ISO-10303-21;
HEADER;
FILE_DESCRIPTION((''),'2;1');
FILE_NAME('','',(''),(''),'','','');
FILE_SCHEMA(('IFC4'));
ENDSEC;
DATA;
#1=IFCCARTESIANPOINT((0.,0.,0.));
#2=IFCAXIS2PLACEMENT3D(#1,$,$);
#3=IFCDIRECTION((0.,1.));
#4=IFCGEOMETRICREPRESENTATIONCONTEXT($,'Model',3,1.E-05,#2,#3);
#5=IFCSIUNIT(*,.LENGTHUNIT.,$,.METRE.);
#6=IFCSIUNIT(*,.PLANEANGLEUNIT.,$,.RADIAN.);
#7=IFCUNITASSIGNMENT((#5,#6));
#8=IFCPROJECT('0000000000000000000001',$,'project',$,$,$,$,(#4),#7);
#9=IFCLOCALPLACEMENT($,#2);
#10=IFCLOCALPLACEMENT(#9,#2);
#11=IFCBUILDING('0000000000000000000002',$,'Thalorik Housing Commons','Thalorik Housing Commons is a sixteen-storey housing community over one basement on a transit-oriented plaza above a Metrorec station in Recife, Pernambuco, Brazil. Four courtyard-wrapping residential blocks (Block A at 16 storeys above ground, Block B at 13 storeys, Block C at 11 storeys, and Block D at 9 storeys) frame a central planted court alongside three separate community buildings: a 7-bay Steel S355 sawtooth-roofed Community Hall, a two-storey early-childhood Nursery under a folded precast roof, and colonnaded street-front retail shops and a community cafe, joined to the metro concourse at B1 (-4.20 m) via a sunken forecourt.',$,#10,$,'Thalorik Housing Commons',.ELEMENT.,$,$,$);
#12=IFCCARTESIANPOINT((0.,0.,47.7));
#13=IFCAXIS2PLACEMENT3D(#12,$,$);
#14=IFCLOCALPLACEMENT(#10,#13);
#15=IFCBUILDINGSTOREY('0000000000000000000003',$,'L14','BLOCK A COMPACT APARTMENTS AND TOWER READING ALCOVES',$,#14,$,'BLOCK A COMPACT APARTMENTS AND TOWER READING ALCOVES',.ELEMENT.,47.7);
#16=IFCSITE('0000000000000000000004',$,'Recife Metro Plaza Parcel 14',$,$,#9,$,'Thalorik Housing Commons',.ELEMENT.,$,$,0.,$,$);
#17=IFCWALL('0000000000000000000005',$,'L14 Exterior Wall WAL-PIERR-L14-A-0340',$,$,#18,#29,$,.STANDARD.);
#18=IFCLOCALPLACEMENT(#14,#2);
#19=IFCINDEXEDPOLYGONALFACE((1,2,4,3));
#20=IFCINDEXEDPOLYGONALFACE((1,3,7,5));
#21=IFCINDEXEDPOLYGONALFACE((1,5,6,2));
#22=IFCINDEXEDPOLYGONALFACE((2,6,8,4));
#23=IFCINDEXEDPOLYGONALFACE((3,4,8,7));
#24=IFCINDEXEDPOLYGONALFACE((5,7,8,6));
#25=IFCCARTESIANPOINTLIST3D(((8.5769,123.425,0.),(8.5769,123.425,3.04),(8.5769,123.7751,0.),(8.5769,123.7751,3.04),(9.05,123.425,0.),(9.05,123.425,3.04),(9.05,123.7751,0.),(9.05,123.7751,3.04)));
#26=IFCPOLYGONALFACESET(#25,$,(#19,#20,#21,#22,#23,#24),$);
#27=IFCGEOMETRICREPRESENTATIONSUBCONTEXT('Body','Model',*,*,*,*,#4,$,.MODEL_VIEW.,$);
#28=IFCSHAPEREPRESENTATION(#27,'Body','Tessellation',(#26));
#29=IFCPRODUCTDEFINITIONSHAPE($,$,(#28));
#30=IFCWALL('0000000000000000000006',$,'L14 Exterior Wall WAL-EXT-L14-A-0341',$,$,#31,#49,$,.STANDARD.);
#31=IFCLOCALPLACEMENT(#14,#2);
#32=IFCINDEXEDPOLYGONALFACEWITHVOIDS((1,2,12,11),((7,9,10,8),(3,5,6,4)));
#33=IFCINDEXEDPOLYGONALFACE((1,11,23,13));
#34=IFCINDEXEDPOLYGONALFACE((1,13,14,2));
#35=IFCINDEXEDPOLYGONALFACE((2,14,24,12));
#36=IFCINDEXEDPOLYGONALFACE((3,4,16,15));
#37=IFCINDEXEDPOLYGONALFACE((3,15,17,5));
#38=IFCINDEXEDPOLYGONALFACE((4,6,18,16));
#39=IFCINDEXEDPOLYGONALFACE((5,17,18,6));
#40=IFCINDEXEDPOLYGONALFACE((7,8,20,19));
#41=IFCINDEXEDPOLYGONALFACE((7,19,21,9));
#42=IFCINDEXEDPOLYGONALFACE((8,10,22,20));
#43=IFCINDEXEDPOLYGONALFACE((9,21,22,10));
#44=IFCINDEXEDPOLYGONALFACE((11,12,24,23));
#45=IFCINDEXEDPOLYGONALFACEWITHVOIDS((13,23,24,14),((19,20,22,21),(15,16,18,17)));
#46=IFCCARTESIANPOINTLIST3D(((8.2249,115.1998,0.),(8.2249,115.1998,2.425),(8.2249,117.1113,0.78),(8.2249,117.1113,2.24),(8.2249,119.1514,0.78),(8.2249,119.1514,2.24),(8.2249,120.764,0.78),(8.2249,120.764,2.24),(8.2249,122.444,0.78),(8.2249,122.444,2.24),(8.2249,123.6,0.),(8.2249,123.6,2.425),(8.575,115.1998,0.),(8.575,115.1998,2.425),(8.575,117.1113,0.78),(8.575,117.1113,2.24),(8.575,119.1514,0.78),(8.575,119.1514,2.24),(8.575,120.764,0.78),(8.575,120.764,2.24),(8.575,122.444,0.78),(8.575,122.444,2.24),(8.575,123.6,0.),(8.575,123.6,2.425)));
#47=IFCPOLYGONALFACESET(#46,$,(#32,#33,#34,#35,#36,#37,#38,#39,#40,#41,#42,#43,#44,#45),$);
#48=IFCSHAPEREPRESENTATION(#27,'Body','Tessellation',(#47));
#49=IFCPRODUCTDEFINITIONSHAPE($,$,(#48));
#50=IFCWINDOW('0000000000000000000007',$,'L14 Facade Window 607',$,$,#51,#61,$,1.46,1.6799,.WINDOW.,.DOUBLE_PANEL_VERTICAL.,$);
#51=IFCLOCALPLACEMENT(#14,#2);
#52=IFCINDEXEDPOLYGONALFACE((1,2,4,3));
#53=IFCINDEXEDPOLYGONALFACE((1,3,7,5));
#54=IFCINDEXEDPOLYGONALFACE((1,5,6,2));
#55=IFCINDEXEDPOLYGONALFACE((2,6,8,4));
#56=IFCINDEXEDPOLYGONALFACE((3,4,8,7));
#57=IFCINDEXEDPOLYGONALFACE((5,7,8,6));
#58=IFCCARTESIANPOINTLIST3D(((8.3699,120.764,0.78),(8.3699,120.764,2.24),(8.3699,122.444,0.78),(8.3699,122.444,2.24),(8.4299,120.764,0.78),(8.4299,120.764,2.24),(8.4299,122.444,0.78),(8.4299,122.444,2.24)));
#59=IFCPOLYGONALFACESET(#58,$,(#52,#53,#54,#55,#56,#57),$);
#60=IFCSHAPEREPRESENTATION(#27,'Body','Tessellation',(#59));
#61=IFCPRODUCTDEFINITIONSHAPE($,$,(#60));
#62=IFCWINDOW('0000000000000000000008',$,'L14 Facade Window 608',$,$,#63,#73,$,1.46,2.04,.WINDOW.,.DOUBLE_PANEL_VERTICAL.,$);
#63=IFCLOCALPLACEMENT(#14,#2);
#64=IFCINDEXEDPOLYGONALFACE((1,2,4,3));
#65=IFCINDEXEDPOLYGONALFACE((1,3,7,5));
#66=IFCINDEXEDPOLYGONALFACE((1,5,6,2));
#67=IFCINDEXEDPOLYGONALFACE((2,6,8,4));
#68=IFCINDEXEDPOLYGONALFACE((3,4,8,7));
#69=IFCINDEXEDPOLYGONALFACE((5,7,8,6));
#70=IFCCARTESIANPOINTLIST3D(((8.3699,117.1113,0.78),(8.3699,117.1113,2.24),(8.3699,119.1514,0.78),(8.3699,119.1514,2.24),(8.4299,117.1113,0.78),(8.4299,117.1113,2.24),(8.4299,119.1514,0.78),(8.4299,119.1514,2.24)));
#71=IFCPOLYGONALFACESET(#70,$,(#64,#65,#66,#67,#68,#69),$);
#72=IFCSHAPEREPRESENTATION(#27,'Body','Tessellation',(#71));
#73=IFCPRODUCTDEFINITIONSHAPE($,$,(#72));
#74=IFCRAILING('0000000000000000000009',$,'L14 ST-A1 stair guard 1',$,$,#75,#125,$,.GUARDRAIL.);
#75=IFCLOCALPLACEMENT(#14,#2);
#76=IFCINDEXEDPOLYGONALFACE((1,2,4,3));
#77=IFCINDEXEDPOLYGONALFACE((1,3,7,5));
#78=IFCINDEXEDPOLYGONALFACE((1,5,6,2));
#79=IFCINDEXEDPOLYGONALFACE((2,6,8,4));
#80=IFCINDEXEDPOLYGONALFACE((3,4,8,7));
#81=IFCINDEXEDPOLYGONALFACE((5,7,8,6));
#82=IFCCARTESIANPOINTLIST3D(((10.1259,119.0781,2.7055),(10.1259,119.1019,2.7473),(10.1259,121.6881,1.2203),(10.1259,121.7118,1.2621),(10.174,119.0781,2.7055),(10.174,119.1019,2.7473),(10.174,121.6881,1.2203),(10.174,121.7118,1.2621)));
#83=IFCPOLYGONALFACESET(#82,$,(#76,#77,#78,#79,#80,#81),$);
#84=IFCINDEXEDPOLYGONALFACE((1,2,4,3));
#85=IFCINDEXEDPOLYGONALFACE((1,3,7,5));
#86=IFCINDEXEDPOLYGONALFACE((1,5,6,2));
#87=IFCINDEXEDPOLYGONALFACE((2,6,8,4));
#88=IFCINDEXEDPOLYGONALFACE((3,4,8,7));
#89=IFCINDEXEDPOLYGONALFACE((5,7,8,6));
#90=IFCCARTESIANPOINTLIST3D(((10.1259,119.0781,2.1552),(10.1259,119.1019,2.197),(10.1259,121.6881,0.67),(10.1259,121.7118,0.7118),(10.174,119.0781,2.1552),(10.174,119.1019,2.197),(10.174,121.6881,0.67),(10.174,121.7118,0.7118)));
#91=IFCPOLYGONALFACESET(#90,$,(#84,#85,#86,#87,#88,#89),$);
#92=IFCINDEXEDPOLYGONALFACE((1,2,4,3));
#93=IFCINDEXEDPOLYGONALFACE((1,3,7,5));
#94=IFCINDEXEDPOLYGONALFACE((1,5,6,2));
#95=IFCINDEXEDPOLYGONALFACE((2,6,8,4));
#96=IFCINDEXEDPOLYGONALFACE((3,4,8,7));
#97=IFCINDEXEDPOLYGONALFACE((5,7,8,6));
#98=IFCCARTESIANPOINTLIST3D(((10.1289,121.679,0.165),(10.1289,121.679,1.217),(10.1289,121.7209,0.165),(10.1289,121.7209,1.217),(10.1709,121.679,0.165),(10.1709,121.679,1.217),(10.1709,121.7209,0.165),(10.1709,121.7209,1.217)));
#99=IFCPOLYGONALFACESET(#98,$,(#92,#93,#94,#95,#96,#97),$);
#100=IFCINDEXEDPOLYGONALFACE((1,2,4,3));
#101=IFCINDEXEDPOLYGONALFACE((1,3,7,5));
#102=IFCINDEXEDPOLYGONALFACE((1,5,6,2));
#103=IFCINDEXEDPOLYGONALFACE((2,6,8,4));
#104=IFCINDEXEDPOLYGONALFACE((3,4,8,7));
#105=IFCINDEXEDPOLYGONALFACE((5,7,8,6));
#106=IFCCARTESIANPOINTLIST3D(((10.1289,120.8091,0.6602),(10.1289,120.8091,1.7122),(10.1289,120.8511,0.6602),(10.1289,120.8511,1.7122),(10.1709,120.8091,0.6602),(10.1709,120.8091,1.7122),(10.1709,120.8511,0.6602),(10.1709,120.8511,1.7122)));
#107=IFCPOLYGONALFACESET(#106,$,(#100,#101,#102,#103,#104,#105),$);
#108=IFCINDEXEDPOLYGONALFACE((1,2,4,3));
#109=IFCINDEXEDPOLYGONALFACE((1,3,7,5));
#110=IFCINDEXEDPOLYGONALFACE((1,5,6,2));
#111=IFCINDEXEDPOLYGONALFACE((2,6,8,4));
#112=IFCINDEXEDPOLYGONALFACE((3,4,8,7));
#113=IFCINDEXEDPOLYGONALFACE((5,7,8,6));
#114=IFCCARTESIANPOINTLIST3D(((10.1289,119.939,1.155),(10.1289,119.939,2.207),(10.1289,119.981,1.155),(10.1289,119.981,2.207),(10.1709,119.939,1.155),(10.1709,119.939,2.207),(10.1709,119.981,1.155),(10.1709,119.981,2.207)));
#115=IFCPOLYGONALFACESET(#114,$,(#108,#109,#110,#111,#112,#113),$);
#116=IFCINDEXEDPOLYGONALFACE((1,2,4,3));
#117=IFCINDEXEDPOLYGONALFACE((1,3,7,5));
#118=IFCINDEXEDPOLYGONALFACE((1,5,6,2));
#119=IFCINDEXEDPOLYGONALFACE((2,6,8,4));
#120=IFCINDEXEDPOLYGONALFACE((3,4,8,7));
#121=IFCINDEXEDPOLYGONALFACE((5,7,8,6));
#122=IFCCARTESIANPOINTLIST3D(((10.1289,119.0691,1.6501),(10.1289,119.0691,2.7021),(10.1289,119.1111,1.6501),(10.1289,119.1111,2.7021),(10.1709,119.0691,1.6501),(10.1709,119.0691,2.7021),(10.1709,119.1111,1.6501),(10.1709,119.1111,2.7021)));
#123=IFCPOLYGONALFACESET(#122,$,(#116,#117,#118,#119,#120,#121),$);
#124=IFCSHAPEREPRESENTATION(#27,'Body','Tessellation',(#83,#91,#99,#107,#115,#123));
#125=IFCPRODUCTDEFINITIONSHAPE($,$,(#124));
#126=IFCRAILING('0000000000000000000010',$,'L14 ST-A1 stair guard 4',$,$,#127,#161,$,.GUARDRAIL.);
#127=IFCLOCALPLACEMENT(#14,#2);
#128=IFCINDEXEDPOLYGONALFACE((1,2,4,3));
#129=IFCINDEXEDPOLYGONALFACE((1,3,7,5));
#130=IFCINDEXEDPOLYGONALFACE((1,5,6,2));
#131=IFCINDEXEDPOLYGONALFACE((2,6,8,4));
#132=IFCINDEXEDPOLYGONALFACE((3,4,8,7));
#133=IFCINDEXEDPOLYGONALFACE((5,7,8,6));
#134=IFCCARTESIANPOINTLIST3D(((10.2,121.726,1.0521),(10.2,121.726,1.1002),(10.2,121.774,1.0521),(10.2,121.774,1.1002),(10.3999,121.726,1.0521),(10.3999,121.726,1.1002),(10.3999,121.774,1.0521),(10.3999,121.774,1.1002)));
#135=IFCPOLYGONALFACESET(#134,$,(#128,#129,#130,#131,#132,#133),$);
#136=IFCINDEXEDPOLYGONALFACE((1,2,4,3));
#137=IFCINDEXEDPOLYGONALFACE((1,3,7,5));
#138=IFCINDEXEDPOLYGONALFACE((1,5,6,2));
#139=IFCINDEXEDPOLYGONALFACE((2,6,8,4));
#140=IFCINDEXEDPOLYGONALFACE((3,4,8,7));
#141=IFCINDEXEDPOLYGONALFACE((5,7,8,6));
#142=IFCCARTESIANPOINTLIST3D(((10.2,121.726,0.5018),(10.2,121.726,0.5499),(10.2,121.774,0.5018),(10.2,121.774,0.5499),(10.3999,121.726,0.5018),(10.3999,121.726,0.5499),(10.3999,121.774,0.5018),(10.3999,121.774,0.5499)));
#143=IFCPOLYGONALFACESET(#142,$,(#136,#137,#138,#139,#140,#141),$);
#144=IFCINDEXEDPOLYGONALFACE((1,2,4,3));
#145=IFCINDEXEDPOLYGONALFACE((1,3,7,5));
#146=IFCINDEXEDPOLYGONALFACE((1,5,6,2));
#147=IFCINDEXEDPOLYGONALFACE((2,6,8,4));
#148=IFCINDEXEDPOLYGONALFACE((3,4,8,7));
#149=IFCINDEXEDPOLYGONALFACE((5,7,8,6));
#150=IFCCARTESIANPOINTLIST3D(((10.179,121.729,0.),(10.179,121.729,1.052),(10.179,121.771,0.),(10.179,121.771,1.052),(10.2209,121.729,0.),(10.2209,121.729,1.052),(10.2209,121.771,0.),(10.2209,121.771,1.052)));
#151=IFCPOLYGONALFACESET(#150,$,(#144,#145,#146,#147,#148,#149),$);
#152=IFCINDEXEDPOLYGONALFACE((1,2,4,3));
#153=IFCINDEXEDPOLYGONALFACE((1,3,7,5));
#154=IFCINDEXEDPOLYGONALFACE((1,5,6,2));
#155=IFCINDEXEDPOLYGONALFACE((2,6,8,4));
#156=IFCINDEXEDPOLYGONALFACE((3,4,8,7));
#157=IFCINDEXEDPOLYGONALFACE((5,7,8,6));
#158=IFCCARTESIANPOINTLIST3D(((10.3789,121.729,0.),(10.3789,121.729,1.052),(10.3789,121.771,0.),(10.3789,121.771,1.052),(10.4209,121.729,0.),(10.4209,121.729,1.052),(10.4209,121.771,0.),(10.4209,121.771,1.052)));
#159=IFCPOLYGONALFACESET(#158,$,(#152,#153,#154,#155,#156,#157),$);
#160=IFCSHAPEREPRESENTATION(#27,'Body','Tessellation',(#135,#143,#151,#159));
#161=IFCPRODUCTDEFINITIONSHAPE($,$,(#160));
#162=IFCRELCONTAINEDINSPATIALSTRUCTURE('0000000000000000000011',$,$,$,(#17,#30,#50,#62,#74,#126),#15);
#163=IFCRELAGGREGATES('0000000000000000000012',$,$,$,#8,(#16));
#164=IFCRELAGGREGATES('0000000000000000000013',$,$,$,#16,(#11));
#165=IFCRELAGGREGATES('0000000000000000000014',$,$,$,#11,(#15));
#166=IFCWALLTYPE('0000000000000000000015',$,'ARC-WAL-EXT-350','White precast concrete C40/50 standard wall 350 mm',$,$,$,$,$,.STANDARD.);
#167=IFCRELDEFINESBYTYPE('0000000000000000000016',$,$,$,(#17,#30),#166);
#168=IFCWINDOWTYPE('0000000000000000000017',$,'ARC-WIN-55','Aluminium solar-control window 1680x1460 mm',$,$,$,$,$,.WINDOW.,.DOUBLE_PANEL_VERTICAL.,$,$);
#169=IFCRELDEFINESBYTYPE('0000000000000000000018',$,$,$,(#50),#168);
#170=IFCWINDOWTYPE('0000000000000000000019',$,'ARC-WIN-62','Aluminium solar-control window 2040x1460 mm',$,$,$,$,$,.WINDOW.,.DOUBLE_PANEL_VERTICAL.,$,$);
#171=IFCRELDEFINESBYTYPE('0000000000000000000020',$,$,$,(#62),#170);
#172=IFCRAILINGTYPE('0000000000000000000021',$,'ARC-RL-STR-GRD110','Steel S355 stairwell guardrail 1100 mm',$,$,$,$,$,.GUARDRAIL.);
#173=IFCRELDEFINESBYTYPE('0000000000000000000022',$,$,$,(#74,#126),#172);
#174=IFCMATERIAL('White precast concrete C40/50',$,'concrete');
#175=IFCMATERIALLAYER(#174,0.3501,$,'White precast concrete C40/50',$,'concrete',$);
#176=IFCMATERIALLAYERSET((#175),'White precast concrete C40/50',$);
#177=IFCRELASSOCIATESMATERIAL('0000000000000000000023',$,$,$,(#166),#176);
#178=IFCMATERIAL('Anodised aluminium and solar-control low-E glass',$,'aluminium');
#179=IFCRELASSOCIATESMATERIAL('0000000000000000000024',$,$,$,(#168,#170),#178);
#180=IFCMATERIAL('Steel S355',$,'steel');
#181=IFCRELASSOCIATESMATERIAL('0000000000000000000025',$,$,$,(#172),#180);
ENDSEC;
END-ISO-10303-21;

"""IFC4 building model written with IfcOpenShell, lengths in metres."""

from ifc_helpers import new_model, si_unit, direction, frame, frame_2d, origin, origin_2d, place, context, subcontext, project, spatial, rectangle, extrude, material, layer, layer_set, type_object, element, fill, save


model = new_model("IFC4")

# Units and contexts
model_context = context("Model", 3, precision=1e-05, world=origin(), true_north=direction((0.0, 1.0)))
body_context = subcontext(model_context, "Body", "Model", "MODEL_VIEW")
ifc_project = project(units=[si_unit("LENGTHUNIT", "METRE"), si_unit("PLANEANGLEUNIT", "RADIAN")], contexts=[model_context])

# Site, building, storey
site_placement = place(None, origin())
site = spatial("IfcSite", under=ifc_project, at=site_placement, Name="Recife Metro Plaza Parcel 14", LongName="Thalorik Housing Commons", CompositionType="ELEMENT", RefElevation=0.0)
building_placement = place(site_placement, origin())
building = spatial("IfcBuilding", under=site, at=building_placement, Name="Thalorik Housing Commons", Description="Thalorik Housing Commons is a sixteen-storey housing community over one basement on a transit-oriented plaza above a Metrorec station in Recife, Pernambuco, Brazil. Four courtyard-wrapping residential blocks (Block A at 16 storeys above ground, Block B at 13 storeys, Block C at 11 storeys, and Block D at 9 storeys) frame a central planted court alongside three separate community buildings: a 7-bay Steel S355 sawtooth-roofed Community Hall, a two-storey early-childhood Nursery under a folded precast roof, and colonnaded street-front retail shops and a community cafe, joined to the metro concourse at B1 (-4.20 m) via a sunken forecourt.", LongName="Thalorik Housing Commons", CompositionType="ELEMENT")
storey_placement = place(building_placement, frame((0.0, 0.0, 47.7)))
storey = spatial("IfcBuildingStorey", under=building, at=storey_placement, Name="L14", Description="BLOCK A COMPACT APARTMENTS AND TOWER READING ALCOVES", LongName="BLOCK A COMPACT APARTMENTS AND TOWER READING ALCOVES", CompositionType="ELEMENT", Elevation=47.7)

# Shared definitions
ifc_material_1 = material(Name="Anodised aluminium and solar-control low-E glass", Category="aluminium")

# Shared definitions
ifc_material_2 = material(Name="Steel S355", Category="steel")

# Wall
ifc_material_3 = material(Name="White precast concrete C40/50", Category="concrete")
ifc_layer_1 = layer(ifc_material_3, 0.3501, Name="White precast concrete C40/50", Category="concrete")
ifc_layer_set_1 = layer_set([ifc_layer_1], Name="White precast concrete C40/50")
wall_type_1 = type_object("IfcWallType", Name="ARC-WAL-EXT-350", Description="White precast concrete C40/50 standard wall 350 mm", PredefinedType="STANDARD", material=ifc_layer_set_1)
wall_1_placement = place(storey_placement, frame((9.05, 123.6001, 0.0), z_axis=(0.0, 0.0, 1.0), x_axis=(-1.0, 0.0, 0.0)))
element("IfcWall", 1, at=wall_1_placement, inside=storey, type_object=wall_type_1, Name="L14 Exterior Wall WAL-PIERR-L14-A-0340", PredefinedType="STANDARD", context=body_context, shape_type="SweptSolid", body=[
    extrude(rectangle(XDim=0.4731, YDim=0.3501, at=frame_2d((0.2366, 0.0))), origin(), (0.0, 0.0, 1.0), 3.04),
])

# Wall, openings, windows
wall_2_placement = place(storey_placement, frame((8.3999, 123.6001, 0.0), z_axis=(0.0, 0.0, 1.0), x_axis=(0.0, -1.0, 0.0)))
wall_2 = element("IfcWall", 2, at=wall_2_placement, inside=storey, type_object=wall_type_1, Name="L14 Exterior Wall WAL-EXT-L14-A-0341", PredefinedType="STANDARD", context=body_context, shape_type="SweptSolid", body=[
    extrude(rectangle(XDim=8.4001, YDim=0.3501, at=frame_2d((4.2002, 0.0))), origin(), (0.0, 0.0, 1.0), 2.425),
])
opening_1_placement = place(wall_2_placement, frame((1.1562, 0.0, 0.78)))
opening_1 = element("IfcOpeningElement", 3, at=opening_1_placement, cuts=wall_2, PredefinedType="OPENING", context=body_context, shape_type="SweptSolid", body=[
    extrude(rectangle(XDim=1.6799, YDim=1.46, at=frame_2d((0.8398, 0.73))), frame((0.0, 0.1851, 0.0), z_axis=(0.0, -1.0, 0.0), x_axis=(1.0, 0.0, 0.0)), (0.0, 0.0, 1.0), 0.3701),
])
opening_2_placement = place(wall_2_placement, frame((4.4487, 0.0, 0.78)))
opening_2 = element("IfcOpeningElement", 4, at=opening_2_placement, cuts=wall_2, PredefinedType="OPENING", context=body_context, shape_type="SweptSolid", body=[
    extrude(rectangle(XDim=2.04, YDim=1.46, at=frame_2d((1.02, 0.73))), frame((0.0, 0.1851, 0.0), z_axis=(0.0, -1.0, 0.0), x_axis=(1.0, 0.0, 0.0)), (0.0, 0.0, 1.0), 0.3701),
])
window_type_1 = type_object("IfcWindowType", Name="ARC-WIN-55", Description="Aluminium solar-control window 1680x1460 mm", PartitioningType="DOUBLE_PANEL_VERTICAL", PredefinedType="WINDOW", material=ifc_material_1)
window_1_placement = place(opening_1_placement, origin())
window_1 = element("IfcWindow", 5, at=window_1_placement, inside=storey, type_object=window_type_1, Name="L14 Facade Window 607", OverallHeight=1.46, OverallWidth=1.6799, PartitioningType="DOUBLE_PANEL_VERTICAL", PredefinedType="WINDOW", context=body_context, shape_type="SweptSolid", body=[
    extrude(rectangle(XDim=1.6799, YDim=1.46, at=frame_2d((0.8398, 0.73))), frame((0.0, 0.03, 0.0), z_axis=(0.0, -1.0, 0.0), x_axis=(1.0, 0.0, 0.0)), (0.0, 0.0, 1.0), 0.0601),
])
fill(opening_1, window_1)
window_type_2 = type_object("IfcWindowType", Name="ARC-WIN-62", Description="Aluminium solar-control window 2040x1460 mm", PartitioningType="DOUBLE_PANEL_VERTICAL", PredefinedType="WINDOW", material=ifc_material_1)
window_2_placement = place(opening_2_placement, origin())
window_2 = element("IfcWindow", 6, at=window_2_placement, inside=storey, type_object=window_type_2, Name="L14 Facade Window 608", OverallHeight=1.46, OverallWidth=2.04, PartitioningType="DOUBLE_PANEL_VERTICAL", PredefinedType="WINDOW", context=body_context, shape_type="SweptSolid", body=[
    extrude(rectangle(XDim=2.04, YDim=1.46, at=frame_2d((1.02, 0.73))), frame((0.0, 0.03, 0.0), z_axis=(0.0, -1.0, 0.0), x_axis=(1.0, 0.0, 0.0)), (0.0, 0.0, 1.0), 0.0601),
])
fill(opening_2, window_2)

# Railings
railing_type = type_object("IfcRailingType", Name="ARC-RL-STR-GRD110", Description="Steel S355 stairwell guardrail 1100 mm", PredefinedType="GUARDRAIL", material=ifc_material_2)
railing_1_placement = place(storey_placement, frame((10.1499, 121.7, 0.165)))
element("IfcRailing", 7, at=railing_1_placement, inside=storey, type_object=railing_type, Name="L14 ST-A1 stair guard 1", PredefinedType="GUARDRAIL", context=body_context, shape_type="SweptSolid", body=[
    extrude(rectangle(XDim=0.0481, YDim=0.0481, at=origin_2d()), frame((0.0, 0.0, 1.0762), z_axis=(0.0, -0.869137, 0.494571), x_axis=(1.0, 0.0, 0.0)), (0.0, 0.0, 1.0), 3.0029),
    extrude(rectangle(XDim=0.0481, YDim=0.0481, at=origin_2d()), frame((0.0, 0.0, 0.5259), z_axis=(0.0, -0.869137, 0.494571), x_axis=(1.0, 0.0, 0.0)), (0.0, 0.0, 1.0), 3.0029),
    extrude(rectangle(XDim=0.042, YDim=0.042, at=origin_2d()), origin(), (0.0, 0.0, 1.0), 1.052),
    extrude(rectangle(XDim=0.042, YDim=0.042, at=origin_2d()), frame((0.0, -0.8699, 0.4951)), (0.0, 0.0, 1.0), 1.052),
    extrude(rectangle(XDim=0.042, YDim=0.042, at=origin_2d()), frame((0.0, -1.74, 0.99)), (0.0, 0.0, 1.0), 1.052),
    extrude(rectangle(XDim=0.042, YDim=0.042, at=origin_2d()), frame((0.0, -2.6099, 1.4851)), (0.0, 0.0, 1.0), 1.052),
])
railing_2_placement = place(storey_placement, frame((10.2, 121.75, 0.0)))
element("IfcRailing", 8, at=railing_2_placement, inside=storey, type_object=railing_type, Name="L14 ST-A1 stair guard 4", PredefinedType="GUARDRAIL", context=body_context, shape_type="SweptSolid", body=[
    extrude(rectangle(XDim=0.0481, YDim=0.0481, at=origin_2d()), frame((0.0, 0.0, 1.0762), z_axis=(1.0, 0.0, 0.0), x_axis=(0.0, 1.0, 0.0)), (0.0, 0.0, 1.0), 0.2),
    extrude(rectangle(XDim=0.0481, YDim=0.0481, at=origin_2d()), frame((0.0, 0.0, 0.5259), z_axis=(1.0, 0.0, 0.0), x_axis=(0.0, 1.0, 0.0)), (0.0, 0.0, 1.0), 0.2),
    extrude(rectangle(XDim=0.042, YDim=0.042, at=origin_2d()), origin(), (0.0, 0.0, 1.0), 1.052),
    extrude(rectangle(XDim=0.042, YDim=0.042, at=origin_2d()), frame((0.2, 0.0, 0.0)), (0.0, 0.0, 1.0), 1.052),
])

save(model, "model.ifc")
